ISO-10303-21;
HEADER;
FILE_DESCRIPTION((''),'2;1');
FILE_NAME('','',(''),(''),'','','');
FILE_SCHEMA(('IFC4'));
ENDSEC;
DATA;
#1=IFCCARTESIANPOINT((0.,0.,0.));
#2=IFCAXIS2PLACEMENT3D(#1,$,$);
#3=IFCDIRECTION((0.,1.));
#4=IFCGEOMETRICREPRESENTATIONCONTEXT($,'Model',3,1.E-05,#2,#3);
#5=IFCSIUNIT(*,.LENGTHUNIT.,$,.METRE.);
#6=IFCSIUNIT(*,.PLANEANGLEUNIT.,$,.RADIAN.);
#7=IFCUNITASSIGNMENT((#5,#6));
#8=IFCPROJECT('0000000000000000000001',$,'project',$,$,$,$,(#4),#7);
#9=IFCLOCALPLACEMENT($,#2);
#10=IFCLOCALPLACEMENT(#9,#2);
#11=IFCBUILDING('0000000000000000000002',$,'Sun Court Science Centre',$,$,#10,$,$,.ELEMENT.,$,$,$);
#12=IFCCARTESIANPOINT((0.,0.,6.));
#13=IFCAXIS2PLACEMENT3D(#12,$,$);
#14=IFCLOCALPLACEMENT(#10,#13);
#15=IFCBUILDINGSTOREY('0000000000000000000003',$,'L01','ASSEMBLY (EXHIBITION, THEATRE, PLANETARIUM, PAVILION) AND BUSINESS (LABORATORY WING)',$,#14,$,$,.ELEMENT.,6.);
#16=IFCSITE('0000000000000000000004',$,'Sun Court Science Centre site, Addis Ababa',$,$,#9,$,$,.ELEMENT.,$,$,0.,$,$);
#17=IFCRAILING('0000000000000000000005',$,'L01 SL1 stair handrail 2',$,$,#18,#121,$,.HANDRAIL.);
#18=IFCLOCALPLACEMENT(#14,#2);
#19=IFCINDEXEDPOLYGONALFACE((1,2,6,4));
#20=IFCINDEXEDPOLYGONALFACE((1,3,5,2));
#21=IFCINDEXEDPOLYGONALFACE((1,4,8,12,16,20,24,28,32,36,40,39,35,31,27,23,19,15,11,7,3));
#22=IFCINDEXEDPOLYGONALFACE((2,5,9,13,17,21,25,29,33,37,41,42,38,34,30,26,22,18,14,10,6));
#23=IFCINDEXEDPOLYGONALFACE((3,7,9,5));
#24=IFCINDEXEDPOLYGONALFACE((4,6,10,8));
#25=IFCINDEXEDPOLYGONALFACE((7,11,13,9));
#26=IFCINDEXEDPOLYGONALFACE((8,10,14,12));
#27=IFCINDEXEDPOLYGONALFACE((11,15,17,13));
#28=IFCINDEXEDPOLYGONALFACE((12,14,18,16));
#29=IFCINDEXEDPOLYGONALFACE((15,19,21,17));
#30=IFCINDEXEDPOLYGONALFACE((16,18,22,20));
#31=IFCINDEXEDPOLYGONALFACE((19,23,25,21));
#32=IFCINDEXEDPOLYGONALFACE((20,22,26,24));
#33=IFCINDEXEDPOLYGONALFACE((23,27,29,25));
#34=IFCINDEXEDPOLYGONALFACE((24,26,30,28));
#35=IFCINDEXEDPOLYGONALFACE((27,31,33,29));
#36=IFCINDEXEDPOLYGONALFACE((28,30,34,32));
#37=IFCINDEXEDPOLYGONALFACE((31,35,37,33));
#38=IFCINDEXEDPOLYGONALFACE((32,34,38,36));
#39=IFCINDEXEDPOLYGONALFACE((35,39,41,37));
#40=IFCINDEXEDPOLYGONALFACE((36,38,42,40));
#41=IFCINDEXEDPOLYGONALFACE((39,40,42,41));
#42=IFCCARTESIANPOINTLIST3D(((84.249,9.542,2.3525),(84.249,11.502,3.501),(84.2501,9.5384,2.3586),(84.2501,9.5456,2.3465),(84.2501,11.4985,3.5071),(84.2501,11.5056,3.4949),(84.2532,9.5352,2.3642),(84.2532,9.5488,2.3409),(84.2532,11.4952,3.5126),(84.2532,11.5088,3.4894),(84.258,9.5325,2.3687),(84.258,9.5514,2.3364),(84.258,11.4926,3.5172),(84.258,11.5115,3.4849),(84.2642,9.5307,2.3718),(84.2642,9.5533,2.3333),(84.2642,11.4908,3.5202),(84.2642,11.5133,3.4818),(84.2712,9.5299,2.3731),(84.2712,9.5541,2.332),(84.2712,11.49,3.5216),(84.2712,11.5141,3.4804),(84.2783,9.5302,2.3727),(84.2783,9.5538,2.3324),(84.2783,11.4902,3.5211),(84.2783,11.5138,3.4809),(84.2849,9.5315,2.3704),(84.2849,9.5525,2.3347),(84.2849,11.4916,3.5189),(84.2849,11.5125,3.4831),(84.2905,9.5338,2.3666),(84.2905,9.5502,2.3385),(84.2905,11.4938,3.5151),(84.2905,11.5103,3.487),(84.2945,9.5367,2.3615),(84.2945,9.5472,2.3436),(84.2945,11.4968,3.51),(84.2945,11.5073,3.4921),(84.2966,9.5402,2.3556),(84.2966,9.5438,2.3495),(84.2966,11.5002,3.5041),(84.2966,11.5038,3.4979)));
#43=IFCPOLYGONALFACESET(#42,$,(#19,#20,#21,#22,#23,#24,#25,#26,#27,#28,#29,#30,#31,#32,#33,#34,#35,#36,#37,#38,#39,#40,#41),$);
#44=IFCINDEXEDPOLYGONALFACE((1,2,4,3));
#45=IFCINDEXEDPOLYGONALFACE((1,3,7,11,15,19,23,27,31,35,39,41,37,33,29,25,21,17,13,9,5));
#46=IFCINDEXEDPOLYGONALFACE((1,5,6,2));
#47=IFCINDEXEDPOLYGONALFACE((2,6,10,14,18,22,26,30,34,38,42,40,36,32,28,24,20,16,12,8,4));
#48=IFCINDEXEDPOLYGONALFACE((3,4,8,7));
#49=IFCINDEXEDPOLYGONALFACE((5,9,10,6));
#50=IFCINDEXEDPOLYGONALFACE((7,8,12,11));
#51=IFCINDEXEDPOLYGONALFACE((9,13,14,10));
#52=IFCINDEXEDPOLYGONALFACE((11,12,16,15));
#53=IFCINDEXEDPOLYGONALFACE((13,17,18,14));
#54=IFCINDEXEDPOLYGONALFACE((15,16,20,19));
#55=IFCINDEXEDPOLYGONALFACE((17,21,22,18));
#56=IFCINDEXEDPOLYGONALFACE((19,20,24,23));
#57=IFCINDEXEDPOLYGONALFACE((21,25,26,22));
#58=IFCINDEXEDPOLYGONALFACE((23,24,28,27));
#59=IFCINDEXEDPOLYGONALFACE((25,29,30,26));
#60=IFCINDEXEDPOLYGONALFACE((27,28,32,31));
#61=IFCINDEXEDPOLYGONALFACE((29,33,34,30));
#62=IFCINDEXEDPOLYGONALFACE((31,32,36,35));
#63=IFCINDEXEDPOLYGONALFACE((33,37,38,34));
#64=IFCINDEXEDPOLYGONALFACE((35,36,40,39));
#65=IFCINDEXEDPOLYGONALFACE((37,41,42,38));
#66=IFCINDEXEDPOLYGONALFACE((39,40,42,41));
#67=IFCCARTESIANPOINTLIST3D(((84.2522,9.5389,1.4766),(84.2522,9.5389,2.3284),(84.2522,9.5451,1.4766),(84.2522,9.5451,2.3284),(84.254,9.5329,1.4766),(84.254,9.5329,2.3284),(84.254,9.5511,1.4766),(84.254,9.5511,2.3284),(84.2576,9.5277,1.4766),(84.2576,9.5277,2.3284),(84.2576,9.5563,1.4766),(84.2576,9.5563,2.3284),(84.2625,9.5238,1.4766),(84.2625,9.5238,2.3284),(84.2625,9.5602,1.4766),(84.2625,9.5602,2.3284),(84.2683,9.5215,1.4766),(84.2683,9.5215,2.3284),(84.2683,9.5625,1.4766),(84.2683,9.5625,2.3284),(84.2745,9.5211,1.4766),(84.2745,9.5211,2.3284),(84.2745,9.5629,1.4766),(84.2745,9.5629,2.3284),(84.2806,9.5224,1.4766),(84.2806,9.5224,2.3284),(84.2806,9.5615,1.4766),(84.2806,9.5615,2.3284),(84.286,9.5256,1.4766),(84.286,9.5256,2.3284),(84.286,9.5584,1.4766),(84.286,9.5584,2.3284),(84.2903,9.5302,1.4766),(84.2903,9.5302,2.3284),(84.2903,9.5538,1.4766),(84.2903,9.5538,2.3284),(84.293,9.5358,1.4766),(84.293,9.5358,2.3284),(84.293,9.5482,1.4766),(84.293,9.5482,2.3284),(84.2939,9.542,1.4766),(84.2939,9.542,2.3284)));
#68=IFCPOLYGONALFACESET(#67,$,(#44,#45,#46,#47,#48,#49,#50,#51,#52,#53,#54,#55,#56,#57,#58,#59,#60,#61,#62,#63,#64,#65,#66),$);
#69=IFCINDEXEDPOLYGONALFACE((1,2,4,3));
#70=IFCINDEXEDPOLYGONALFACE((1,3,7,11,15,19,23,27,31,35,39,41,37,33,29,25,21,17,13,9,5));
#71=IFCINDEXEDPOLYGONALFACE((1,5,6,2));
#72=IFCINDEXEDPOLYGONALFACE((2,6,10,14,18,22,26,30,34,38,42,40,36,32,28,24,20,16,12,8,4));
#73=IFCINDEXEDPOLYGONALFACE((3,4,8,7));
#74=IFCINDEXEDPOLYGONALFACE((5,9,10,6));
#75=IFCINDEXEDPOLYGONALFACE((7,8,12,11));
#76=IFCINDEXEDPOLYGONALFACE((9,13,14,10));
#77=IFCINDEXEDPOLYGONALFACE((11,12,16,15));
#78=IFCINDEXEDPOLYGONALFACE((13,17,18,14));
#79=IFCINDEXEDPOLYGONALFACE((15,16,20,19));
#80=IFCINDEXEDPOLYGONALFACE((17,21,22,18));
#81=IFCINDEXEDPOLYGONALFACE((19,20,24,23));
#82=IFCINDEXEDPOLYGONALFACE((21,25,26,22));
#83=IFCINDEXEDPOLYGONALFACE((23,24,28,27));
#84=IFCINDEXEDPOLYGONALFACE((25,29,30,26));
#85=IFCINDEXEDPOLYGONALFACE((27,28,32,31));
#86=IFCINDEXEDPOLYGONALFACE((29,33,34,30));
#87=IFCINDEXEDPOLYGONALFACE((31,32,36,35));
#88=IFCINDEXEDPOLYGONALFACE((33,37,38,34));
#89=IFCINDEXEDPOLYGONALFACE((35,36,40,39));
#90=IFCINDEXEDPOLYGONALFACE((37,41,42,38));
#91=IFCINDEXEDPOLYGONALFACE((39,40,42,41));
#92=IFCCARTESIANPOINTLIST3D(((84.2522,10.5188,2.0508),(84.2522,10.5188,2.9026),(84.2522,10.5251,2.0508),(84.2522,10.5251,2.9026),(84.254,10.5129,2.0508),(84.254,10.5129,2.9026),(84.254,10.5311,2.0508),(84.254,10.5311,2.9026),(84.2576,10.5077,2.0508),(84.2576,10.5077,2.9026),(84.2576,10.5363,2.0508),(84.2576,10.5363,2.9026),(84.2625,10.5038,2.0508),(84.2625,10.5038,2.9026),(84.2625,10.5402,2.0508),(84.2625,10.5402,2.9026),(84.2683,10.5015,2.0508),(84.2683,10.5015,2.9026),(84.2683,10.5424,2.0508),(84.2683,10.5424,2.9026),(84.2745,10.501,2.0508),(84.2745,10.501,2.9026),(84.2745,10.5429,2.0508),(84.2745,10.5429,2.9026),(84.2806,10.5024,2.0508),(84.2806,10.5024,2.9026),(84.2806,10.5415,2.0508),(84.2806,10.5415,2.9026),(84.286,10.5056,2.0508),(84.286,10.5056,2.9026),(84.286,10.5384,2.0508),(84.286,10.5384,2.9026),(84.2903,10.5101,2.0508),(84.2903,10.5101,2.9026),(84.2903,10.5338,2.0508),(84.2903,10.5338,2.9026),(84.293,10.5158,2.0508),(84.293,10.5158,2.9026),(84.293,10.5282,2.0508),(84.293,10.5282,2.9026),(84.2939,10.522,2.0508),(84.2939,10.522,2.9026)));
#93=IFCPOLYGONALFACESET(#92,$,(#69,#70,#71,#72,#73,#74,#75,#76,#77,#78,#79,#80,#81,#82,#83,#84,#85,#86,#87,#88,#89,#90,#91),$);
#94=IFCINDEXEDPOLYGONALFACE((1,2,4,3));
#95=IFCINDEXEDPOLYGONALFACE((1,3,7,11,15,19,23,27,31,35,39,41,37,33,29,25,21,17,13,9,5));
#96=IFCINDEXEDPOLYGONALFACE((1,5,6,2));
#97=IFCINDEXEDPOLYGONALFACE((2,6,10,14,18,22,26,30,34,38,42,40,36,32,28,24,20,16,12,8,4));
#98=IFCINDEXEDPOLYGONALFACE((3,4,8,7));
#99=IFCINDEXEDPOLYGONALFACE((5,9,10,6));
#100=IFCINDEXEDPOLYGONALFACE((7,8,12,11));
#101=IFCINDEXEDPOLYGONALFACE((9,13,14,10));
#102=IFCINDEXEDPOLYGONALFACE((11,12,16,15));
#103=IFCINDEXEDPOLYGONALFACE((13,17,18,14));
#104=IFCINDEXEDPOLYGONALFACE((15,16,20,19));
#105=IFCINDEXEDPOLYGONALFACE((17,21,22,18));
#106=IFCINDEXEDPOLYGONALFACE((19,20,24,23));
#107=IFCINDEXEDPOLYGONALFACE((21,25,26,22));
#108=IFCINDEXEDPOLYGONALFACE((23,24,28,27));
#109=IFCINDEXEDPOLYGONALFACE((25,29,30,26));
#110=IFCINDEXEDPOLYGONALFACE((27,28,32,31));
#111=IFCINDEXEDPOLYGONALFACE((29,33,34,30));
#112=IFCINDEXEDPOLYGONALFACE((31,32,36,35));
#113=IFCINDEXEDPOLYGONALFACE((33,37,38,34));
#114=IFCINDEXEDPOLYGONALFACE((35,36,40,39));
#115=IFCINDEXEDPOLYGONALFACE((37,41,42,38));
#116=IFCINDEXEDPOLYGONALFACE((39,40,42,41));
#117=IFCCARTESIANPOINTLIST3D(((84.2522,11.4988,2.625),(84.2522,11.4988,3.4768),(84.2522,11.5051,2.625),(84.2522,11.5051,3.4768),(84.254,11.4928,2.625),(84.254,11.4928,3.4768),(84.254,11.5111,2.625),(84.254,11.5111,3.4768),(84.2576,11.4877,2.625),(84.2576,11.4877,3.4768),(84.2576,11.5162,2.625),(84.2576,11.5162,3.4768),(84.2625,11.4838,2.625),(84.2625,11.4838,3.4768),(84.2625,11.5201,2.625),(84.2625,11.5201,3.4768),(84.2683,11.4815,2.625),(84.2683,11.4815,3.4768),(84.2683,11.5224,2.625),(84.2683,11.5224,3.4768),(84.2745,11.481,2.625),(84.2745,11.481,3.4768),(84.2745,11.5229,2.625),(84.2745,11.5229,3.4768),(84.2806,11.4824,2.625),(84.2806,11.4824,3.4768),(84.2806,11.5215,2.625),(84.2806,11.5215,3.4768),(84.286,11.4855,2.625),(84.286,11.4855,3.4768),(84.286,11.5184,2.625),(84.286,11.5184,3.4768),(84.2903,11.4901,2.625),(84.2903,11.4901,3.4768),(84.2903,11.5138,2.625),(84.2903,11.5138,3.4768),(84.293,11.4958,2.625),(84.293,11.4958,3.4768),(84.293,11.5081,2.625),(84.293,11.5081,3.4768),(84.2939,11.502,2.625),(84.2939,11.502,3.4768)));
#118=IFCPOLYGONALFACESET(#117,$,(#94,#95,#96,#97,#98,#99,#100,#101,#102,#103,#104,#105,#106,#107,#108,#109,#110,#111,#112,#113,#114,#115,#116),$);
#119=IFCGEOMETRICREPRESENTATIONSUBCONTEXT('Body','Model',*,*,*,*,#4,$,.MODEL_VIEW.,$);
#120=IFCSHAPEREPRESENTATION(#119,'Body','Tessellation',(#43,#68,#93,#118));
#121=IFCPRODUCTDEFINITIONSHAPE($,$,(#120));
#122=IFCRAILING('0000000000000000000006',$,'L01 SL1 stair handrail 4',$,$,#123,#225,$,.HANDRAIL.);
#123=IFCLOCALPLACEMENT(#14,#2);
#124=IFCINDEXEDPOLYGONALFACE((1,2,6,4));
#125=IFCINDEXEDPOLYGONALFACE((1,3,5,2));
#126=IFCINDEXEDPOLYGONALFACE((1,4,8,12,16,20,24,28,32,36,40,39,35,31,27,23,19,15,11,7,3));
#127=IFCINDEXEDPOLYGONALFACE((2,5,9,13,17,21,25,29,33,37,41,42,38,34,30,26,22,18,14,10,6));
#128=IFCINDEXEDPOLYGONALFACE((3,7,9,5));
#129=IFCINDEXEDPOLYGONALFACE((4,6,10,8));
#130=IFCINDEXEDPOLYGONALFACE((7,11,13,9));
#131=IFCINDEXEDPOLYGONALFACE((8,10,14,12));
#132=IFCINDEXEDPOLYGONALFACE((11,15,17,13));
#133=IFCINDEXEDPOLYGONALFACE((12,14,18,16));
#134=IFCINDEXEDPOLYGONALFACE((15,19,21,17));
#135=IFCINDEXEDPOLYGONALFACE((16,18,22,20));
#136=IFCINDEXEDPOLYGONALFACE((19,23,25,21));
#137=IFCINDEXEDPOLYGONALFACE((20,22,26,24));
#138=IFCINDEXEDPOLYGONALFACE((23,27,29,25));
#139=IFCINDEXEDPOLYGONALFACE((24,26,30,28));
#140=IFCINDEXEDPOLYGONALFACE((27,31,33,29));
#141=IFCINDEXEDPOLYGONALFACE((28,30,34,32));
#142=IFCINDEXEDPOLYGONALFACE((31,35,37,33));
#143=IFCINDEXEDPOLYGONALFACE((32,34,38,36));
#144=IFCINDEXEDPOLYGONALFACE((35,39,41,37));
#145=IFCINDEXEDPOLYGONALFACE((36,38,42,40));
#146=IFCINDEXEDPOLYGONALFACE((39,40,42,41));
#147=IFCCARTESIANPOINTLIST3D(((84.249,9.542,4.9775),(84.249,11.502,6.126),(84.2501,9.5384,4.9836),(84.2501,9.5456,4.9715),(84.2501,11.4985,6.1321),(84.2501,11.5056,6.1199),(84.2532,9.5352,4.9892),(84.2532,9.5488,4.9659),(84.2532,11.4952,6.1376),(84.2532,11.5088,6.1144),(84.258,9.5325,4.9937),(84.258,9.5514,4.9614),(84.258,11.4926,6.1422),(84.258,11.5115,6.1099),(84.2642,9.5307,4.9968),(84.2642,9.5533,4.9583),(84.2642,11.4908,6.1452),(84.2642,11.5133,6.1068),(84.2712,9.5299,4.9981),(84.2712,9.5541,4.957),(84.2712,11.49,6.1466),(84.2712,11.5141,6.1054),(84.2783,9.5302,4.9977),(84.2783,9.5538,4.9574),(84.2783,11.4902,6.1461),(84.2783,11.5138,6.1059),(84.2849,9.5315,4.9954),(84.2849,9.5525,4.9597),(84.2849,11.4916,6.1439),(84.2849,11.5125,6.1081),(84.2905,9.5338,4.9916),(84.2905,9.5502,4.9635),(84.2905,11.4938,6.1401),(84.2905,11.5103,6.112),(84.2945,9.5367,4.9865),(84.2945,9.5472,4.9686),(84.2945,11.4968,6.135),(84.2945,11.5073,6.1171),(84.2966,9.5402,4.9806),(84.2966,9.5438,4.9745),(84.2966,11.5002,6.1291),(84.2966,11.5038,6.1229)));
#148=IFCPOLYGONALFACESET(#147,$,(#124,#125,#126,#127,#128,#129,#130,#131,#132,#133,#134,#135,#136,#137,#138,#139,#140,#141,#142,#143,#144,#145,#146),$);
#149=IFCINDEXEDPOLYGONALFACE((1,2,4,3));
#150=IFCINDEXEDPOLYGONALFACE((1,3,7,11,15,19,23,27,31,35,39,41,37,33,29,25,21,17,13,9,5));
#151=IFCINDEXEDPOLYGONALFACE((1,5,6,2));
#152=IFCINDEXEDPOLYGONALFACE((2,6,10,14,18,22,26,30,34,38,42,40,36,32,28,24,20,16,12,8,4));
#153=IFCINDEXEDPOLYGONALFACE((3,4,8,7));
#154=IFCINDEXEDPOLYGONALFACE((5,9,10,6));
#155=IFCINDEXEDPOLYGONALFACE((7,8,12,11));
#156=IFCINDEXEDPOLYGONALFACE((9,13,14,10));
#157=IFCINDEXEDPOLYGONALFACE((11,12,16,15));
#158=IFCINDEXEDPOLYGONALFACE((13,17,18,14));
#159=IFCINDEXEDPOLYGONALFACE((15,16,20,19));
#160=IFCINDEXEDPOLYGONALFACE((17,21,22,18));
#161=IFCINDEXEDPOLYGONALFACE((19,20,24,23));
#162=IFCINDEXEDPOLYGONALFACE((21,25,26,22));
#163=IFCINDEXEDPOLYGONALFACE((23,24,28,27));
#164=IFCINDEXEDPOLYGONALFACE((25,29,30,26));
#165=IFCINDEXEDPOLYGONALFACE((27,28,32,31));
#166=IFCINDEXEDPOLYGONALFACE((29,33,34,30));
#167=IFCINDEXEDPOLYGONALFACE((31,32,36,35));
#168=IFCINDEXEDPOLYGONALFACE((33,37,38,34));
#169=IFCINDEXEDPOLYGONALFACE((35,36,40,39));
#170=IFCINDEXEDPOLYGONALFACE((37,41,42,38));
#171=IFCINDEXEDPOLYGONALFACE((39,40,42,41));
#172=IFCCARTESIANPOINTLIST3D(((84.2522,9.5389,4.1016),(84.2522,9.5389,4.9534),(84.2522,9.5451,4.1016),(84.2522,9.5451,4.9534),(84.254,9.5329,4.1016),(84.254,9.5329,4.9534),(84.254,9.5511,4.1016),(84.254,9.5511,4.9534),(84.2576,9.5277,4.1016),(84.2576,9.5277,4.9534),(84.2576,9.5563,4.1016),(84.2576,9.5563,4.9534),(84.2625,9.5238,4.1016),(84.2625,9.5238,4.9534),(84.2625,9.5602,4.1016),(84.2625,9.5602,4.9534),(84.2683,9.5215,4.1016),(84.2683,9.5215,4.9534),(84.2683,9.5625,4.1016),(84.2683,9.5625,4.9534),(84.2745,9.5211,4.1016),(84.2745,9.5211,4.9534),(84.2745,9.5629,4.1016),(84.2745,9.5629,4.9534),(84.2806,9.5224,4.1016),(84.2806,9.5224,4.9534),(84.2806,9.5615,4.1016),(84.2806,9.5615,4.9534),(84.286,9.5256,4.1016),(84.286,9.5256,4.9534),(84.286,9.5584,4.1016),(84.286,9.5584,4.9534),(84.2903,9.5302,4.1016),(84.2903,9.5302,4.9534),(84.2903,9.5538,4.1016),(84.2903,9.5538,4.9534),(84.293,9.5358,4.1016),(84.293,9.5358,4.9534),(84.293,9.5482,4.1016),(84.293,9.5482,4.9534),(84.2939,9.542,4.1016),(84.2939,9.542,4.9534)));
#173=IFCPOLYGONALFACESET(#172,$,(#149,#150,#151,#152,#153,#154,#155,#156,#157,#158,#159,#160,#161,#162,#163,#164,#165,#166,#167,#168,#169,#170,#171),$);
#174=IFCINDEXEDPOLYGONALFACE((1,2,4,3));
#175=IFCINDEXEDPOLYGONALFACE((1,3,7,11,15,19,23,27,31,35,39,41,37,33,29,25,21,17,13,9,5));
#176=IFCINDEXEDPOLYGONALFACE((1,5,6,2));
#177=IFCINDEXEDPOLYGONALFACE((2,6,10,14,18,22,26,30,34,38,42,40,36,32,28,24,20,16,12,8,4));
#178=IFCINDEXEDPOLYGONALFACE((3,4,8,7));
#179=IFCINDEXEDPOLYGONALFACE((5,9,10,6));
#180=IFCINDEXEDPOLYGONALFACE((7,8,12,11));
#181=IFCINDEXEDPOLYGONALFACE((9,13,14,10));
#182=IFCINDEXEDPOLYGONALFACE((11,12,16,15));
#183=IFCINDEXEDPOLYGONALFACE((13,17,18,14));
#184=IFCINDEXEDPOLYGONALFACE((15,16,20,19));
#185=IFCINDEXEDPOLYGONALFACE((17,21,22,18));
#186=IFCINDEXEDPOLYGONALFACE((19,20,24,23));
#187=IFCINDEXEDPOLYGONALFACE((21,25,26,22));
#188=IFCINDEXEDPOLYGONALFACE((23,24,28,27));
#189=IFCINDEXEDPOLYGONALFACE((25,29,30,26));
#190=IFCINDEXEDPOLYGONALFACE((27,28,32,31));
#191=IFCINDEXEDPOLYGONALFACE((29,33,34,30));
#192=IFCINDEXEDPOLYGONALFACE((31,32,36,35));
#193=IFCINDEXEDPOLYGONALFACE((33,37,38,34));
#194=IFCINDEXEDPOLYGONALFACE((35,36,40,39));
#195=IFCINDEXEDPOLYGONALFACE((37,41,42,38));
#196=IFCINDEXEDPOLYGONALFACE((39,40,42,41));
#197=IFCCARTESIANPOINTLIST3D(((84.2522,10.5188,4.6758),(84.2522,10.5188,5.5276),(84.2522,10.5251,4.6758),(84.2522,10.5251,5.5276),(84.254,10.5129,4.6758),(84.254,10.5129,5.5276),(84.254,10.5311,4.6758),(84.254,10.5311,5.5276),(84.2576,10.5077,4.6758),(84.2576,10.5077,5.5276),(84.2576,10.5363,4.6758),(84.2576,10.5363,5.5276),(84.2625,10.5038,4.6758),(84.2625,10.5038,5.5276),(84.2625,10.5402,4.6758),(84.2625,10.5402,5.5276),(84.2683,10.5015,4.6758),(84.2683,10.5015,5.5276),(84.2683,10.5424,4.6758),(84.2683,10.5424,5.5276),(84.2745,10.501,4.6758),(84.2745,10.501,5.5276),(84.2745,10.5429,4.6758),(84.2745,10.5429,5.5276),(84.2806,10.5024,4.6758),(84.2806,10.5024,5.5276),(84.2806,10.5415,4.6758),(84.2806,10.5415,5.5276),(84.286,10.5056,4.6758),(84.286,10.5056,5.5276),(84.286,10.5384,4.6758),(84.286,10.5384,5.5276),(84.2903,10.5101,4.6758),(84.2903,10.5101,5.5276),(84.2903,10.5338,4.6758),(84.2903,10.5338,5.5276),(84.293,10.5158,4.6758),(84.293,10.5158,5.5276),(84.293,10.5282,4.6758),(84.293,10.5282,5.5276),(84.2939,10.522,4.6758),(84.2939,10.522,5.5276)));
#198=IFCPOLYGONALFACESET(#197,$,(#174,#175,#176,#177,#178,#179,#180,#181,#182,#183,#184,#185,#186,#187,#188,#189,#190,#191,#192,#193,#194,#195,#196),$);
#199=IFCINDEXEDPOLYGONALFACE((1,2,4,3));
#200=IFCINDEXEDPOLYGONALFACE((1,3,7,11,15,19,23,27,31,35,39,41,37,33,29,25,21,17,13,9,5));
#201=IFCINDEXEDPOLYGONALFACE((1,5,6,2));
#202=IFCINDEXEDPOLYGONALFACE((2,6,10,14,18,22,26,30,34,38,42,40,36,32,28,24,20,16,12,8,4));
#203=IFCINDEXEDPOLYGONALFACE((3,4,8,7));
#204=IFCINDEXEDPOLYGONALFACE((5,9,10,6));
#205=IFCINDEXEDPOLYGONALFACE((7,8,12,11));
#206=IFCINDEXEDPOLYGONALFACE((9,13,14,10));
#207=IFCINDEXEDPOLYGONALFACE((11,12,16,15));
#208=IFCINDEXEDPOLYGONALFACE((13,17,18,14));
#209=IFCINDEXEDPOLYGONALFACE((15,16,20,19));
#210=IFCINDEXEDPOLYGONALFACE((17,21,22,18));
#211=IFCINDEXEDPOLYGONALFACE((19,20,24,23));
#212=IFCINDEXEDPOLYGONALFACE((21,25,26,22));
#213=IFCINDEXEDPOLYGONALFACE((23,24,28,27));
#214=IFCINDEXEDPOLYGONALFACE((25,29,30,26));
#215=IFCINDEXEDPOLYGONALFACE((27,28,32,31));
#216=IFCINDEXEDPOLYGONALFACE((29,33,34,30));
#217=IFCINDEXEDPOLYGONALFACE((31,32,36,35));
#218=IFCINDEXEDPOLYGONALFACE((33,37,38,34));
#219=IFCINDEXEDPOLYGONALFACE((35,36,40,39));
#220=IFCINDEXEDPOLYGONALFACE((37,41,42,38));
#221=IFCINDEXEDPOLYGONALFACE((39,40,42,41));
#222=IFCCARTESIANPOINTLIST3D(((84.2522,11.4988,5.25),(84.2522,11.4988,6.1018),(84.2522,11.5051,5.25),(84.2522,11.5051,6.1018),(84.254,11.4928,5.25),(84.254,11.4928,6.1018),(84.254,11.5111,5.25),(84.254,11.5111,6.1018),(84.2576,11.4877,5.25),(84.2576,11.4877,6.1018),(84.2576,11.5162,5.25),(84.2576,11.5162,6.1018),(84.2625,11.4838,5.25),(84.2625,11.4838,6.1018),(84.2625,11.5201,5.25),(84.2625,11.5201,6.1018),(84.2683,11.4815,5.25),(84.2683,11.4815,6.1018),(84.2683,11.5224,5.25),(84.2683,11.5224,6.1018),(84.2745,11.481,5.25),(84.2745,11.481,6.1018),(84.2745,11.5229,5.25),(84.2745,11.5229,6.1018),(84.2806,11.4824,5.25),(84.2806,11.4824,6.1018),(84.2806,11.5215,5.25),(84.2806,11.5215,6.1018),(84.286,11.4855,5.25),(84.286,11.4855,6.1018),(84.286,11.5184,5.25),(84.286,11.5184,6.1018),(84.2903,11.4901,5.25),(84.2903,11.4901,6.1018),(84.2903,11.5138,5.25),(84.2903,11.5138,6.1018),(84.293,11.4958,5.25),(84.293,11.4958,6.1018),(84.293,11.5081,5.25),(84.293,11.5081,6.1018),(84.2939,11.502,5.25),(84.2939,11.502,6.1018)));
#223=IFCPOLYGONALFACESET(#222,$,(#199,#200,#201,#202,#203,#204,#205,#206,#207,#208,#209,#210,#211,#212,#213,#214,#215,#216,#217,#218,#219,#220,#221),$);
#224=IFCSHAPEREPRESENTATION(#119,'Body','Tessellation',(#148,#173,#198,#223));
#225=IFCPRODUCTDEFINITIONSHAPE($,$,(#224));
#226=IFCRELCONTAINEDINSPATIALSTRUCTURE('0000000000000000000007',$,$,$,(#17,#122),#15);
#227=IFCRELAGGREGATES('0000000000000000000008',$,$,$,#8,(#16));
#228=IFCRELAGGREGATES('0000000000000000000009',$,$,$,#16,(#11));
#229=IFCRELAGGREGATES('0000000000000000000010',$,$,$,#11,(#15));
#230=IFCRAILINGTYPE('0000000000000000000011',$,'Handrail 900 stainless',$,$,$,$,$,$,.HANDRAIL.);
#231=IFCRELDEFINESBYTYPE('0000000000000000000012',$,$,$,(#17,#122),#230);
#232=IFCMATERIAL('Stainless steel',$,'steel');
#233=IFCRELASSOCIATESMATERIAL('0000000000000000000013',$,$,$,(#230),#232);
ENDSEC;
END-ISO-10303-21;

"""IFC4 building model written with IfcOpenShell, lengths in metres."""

from ifc_helpers import new_model, si_unit, direction, frame, origin, origin_2d, place, context, subcontext, project, spatial, circle, extrude, material, type_object, element, save


model = new_model("IFC4")

# Units and contexts
model_context = context("Model", 3, precision=1e-05, world=origin(), true_north=direction((0.0, 1.0)))
body_context = subcontext(model_context, "Body", "Model", "MODEL_VIEW")
ifc_project = project(units=[si_unit("LENGTHUNIT", "METRE"), si_unit("PLANEANGLEUNIT", "RADIAN")], contexts=[model_context])

# Site, building, storey
site_placement = place(None, origin())
site = spatial("IfcSite", under=ifc_project, at=site_placement, Name="Sun Court Science Centre site, Addis Ababa", CompositionType="ELEMENT", RefElevation=0.0)
building_placement = place(site_placement, origin())
building = spatial("IfcBuilding", under=site, at=building_placement, Name="Sun Court Science Centre", CompositionType="ELEMENT")
storey_placement = place(building_placement, frame((0.0, 0.0, 6.0)))
storey = spatial("IfcBuildingStorey", under=building, at=storey_placement, Name="L01", Description="ASSEMBLY (EXHIBITION, THEATRE, PLANETARIUM, PAVILION) AND BUSINESS (LABORATORY WING)", CompositionType="ELEMENT", Elevation=6.0)

# Railings
ifc_material_1 = material(Name="Stainless steel", Category="steel")
railing_type_1 = type_object("IfcRailingType", Name="Handrail 900 stainless", PredefinedType="HANDRAIL", material=ifc_material_1)
for number, where, name in (
    (1, (84.2729, 9.542, 1.4766), "L01 SL1 stair handrail 2"),
    (2, (84.2729, 9.542, 4.1016), "L01 SL1 stair handrail 4"),
):
    element("IfcRailing", number, at=place(storey_placement, frame(where)), inside=storey, type_object=railing_type_1, Name=name, PredefinedType="HANDRAIL", context=body_context, shape_type="SweptSolid", body=[
        extrude(circle(Radius=0.0239, at=origin_2d()), frame((0.0, 0.0, 0.876), z_axis=(0.0, 0.862795, 0.505554), x_axis=(-1.0, 0.0, 0.0)), (0.0, 0.0, 1.0), 2.2717),
        extrude(circle(Radius=0.021, at=origin_2d()), origin(), (0.0, 0.0, 1.0), 0.8518),
        extrude(circle(Radius=0.021, at=origin_2d()), frame((0.0, 0.98, 0.5742)), (0.0, 0.0, 1.0), 0.8518),
        extrude(circle(Radius=0.021, at=origin_2d()), frame((0.0, 1.96, 1.1484)), (0.0, 0.0, 1.0), 0.8518),
    ])

save(model, "model.ifc")
